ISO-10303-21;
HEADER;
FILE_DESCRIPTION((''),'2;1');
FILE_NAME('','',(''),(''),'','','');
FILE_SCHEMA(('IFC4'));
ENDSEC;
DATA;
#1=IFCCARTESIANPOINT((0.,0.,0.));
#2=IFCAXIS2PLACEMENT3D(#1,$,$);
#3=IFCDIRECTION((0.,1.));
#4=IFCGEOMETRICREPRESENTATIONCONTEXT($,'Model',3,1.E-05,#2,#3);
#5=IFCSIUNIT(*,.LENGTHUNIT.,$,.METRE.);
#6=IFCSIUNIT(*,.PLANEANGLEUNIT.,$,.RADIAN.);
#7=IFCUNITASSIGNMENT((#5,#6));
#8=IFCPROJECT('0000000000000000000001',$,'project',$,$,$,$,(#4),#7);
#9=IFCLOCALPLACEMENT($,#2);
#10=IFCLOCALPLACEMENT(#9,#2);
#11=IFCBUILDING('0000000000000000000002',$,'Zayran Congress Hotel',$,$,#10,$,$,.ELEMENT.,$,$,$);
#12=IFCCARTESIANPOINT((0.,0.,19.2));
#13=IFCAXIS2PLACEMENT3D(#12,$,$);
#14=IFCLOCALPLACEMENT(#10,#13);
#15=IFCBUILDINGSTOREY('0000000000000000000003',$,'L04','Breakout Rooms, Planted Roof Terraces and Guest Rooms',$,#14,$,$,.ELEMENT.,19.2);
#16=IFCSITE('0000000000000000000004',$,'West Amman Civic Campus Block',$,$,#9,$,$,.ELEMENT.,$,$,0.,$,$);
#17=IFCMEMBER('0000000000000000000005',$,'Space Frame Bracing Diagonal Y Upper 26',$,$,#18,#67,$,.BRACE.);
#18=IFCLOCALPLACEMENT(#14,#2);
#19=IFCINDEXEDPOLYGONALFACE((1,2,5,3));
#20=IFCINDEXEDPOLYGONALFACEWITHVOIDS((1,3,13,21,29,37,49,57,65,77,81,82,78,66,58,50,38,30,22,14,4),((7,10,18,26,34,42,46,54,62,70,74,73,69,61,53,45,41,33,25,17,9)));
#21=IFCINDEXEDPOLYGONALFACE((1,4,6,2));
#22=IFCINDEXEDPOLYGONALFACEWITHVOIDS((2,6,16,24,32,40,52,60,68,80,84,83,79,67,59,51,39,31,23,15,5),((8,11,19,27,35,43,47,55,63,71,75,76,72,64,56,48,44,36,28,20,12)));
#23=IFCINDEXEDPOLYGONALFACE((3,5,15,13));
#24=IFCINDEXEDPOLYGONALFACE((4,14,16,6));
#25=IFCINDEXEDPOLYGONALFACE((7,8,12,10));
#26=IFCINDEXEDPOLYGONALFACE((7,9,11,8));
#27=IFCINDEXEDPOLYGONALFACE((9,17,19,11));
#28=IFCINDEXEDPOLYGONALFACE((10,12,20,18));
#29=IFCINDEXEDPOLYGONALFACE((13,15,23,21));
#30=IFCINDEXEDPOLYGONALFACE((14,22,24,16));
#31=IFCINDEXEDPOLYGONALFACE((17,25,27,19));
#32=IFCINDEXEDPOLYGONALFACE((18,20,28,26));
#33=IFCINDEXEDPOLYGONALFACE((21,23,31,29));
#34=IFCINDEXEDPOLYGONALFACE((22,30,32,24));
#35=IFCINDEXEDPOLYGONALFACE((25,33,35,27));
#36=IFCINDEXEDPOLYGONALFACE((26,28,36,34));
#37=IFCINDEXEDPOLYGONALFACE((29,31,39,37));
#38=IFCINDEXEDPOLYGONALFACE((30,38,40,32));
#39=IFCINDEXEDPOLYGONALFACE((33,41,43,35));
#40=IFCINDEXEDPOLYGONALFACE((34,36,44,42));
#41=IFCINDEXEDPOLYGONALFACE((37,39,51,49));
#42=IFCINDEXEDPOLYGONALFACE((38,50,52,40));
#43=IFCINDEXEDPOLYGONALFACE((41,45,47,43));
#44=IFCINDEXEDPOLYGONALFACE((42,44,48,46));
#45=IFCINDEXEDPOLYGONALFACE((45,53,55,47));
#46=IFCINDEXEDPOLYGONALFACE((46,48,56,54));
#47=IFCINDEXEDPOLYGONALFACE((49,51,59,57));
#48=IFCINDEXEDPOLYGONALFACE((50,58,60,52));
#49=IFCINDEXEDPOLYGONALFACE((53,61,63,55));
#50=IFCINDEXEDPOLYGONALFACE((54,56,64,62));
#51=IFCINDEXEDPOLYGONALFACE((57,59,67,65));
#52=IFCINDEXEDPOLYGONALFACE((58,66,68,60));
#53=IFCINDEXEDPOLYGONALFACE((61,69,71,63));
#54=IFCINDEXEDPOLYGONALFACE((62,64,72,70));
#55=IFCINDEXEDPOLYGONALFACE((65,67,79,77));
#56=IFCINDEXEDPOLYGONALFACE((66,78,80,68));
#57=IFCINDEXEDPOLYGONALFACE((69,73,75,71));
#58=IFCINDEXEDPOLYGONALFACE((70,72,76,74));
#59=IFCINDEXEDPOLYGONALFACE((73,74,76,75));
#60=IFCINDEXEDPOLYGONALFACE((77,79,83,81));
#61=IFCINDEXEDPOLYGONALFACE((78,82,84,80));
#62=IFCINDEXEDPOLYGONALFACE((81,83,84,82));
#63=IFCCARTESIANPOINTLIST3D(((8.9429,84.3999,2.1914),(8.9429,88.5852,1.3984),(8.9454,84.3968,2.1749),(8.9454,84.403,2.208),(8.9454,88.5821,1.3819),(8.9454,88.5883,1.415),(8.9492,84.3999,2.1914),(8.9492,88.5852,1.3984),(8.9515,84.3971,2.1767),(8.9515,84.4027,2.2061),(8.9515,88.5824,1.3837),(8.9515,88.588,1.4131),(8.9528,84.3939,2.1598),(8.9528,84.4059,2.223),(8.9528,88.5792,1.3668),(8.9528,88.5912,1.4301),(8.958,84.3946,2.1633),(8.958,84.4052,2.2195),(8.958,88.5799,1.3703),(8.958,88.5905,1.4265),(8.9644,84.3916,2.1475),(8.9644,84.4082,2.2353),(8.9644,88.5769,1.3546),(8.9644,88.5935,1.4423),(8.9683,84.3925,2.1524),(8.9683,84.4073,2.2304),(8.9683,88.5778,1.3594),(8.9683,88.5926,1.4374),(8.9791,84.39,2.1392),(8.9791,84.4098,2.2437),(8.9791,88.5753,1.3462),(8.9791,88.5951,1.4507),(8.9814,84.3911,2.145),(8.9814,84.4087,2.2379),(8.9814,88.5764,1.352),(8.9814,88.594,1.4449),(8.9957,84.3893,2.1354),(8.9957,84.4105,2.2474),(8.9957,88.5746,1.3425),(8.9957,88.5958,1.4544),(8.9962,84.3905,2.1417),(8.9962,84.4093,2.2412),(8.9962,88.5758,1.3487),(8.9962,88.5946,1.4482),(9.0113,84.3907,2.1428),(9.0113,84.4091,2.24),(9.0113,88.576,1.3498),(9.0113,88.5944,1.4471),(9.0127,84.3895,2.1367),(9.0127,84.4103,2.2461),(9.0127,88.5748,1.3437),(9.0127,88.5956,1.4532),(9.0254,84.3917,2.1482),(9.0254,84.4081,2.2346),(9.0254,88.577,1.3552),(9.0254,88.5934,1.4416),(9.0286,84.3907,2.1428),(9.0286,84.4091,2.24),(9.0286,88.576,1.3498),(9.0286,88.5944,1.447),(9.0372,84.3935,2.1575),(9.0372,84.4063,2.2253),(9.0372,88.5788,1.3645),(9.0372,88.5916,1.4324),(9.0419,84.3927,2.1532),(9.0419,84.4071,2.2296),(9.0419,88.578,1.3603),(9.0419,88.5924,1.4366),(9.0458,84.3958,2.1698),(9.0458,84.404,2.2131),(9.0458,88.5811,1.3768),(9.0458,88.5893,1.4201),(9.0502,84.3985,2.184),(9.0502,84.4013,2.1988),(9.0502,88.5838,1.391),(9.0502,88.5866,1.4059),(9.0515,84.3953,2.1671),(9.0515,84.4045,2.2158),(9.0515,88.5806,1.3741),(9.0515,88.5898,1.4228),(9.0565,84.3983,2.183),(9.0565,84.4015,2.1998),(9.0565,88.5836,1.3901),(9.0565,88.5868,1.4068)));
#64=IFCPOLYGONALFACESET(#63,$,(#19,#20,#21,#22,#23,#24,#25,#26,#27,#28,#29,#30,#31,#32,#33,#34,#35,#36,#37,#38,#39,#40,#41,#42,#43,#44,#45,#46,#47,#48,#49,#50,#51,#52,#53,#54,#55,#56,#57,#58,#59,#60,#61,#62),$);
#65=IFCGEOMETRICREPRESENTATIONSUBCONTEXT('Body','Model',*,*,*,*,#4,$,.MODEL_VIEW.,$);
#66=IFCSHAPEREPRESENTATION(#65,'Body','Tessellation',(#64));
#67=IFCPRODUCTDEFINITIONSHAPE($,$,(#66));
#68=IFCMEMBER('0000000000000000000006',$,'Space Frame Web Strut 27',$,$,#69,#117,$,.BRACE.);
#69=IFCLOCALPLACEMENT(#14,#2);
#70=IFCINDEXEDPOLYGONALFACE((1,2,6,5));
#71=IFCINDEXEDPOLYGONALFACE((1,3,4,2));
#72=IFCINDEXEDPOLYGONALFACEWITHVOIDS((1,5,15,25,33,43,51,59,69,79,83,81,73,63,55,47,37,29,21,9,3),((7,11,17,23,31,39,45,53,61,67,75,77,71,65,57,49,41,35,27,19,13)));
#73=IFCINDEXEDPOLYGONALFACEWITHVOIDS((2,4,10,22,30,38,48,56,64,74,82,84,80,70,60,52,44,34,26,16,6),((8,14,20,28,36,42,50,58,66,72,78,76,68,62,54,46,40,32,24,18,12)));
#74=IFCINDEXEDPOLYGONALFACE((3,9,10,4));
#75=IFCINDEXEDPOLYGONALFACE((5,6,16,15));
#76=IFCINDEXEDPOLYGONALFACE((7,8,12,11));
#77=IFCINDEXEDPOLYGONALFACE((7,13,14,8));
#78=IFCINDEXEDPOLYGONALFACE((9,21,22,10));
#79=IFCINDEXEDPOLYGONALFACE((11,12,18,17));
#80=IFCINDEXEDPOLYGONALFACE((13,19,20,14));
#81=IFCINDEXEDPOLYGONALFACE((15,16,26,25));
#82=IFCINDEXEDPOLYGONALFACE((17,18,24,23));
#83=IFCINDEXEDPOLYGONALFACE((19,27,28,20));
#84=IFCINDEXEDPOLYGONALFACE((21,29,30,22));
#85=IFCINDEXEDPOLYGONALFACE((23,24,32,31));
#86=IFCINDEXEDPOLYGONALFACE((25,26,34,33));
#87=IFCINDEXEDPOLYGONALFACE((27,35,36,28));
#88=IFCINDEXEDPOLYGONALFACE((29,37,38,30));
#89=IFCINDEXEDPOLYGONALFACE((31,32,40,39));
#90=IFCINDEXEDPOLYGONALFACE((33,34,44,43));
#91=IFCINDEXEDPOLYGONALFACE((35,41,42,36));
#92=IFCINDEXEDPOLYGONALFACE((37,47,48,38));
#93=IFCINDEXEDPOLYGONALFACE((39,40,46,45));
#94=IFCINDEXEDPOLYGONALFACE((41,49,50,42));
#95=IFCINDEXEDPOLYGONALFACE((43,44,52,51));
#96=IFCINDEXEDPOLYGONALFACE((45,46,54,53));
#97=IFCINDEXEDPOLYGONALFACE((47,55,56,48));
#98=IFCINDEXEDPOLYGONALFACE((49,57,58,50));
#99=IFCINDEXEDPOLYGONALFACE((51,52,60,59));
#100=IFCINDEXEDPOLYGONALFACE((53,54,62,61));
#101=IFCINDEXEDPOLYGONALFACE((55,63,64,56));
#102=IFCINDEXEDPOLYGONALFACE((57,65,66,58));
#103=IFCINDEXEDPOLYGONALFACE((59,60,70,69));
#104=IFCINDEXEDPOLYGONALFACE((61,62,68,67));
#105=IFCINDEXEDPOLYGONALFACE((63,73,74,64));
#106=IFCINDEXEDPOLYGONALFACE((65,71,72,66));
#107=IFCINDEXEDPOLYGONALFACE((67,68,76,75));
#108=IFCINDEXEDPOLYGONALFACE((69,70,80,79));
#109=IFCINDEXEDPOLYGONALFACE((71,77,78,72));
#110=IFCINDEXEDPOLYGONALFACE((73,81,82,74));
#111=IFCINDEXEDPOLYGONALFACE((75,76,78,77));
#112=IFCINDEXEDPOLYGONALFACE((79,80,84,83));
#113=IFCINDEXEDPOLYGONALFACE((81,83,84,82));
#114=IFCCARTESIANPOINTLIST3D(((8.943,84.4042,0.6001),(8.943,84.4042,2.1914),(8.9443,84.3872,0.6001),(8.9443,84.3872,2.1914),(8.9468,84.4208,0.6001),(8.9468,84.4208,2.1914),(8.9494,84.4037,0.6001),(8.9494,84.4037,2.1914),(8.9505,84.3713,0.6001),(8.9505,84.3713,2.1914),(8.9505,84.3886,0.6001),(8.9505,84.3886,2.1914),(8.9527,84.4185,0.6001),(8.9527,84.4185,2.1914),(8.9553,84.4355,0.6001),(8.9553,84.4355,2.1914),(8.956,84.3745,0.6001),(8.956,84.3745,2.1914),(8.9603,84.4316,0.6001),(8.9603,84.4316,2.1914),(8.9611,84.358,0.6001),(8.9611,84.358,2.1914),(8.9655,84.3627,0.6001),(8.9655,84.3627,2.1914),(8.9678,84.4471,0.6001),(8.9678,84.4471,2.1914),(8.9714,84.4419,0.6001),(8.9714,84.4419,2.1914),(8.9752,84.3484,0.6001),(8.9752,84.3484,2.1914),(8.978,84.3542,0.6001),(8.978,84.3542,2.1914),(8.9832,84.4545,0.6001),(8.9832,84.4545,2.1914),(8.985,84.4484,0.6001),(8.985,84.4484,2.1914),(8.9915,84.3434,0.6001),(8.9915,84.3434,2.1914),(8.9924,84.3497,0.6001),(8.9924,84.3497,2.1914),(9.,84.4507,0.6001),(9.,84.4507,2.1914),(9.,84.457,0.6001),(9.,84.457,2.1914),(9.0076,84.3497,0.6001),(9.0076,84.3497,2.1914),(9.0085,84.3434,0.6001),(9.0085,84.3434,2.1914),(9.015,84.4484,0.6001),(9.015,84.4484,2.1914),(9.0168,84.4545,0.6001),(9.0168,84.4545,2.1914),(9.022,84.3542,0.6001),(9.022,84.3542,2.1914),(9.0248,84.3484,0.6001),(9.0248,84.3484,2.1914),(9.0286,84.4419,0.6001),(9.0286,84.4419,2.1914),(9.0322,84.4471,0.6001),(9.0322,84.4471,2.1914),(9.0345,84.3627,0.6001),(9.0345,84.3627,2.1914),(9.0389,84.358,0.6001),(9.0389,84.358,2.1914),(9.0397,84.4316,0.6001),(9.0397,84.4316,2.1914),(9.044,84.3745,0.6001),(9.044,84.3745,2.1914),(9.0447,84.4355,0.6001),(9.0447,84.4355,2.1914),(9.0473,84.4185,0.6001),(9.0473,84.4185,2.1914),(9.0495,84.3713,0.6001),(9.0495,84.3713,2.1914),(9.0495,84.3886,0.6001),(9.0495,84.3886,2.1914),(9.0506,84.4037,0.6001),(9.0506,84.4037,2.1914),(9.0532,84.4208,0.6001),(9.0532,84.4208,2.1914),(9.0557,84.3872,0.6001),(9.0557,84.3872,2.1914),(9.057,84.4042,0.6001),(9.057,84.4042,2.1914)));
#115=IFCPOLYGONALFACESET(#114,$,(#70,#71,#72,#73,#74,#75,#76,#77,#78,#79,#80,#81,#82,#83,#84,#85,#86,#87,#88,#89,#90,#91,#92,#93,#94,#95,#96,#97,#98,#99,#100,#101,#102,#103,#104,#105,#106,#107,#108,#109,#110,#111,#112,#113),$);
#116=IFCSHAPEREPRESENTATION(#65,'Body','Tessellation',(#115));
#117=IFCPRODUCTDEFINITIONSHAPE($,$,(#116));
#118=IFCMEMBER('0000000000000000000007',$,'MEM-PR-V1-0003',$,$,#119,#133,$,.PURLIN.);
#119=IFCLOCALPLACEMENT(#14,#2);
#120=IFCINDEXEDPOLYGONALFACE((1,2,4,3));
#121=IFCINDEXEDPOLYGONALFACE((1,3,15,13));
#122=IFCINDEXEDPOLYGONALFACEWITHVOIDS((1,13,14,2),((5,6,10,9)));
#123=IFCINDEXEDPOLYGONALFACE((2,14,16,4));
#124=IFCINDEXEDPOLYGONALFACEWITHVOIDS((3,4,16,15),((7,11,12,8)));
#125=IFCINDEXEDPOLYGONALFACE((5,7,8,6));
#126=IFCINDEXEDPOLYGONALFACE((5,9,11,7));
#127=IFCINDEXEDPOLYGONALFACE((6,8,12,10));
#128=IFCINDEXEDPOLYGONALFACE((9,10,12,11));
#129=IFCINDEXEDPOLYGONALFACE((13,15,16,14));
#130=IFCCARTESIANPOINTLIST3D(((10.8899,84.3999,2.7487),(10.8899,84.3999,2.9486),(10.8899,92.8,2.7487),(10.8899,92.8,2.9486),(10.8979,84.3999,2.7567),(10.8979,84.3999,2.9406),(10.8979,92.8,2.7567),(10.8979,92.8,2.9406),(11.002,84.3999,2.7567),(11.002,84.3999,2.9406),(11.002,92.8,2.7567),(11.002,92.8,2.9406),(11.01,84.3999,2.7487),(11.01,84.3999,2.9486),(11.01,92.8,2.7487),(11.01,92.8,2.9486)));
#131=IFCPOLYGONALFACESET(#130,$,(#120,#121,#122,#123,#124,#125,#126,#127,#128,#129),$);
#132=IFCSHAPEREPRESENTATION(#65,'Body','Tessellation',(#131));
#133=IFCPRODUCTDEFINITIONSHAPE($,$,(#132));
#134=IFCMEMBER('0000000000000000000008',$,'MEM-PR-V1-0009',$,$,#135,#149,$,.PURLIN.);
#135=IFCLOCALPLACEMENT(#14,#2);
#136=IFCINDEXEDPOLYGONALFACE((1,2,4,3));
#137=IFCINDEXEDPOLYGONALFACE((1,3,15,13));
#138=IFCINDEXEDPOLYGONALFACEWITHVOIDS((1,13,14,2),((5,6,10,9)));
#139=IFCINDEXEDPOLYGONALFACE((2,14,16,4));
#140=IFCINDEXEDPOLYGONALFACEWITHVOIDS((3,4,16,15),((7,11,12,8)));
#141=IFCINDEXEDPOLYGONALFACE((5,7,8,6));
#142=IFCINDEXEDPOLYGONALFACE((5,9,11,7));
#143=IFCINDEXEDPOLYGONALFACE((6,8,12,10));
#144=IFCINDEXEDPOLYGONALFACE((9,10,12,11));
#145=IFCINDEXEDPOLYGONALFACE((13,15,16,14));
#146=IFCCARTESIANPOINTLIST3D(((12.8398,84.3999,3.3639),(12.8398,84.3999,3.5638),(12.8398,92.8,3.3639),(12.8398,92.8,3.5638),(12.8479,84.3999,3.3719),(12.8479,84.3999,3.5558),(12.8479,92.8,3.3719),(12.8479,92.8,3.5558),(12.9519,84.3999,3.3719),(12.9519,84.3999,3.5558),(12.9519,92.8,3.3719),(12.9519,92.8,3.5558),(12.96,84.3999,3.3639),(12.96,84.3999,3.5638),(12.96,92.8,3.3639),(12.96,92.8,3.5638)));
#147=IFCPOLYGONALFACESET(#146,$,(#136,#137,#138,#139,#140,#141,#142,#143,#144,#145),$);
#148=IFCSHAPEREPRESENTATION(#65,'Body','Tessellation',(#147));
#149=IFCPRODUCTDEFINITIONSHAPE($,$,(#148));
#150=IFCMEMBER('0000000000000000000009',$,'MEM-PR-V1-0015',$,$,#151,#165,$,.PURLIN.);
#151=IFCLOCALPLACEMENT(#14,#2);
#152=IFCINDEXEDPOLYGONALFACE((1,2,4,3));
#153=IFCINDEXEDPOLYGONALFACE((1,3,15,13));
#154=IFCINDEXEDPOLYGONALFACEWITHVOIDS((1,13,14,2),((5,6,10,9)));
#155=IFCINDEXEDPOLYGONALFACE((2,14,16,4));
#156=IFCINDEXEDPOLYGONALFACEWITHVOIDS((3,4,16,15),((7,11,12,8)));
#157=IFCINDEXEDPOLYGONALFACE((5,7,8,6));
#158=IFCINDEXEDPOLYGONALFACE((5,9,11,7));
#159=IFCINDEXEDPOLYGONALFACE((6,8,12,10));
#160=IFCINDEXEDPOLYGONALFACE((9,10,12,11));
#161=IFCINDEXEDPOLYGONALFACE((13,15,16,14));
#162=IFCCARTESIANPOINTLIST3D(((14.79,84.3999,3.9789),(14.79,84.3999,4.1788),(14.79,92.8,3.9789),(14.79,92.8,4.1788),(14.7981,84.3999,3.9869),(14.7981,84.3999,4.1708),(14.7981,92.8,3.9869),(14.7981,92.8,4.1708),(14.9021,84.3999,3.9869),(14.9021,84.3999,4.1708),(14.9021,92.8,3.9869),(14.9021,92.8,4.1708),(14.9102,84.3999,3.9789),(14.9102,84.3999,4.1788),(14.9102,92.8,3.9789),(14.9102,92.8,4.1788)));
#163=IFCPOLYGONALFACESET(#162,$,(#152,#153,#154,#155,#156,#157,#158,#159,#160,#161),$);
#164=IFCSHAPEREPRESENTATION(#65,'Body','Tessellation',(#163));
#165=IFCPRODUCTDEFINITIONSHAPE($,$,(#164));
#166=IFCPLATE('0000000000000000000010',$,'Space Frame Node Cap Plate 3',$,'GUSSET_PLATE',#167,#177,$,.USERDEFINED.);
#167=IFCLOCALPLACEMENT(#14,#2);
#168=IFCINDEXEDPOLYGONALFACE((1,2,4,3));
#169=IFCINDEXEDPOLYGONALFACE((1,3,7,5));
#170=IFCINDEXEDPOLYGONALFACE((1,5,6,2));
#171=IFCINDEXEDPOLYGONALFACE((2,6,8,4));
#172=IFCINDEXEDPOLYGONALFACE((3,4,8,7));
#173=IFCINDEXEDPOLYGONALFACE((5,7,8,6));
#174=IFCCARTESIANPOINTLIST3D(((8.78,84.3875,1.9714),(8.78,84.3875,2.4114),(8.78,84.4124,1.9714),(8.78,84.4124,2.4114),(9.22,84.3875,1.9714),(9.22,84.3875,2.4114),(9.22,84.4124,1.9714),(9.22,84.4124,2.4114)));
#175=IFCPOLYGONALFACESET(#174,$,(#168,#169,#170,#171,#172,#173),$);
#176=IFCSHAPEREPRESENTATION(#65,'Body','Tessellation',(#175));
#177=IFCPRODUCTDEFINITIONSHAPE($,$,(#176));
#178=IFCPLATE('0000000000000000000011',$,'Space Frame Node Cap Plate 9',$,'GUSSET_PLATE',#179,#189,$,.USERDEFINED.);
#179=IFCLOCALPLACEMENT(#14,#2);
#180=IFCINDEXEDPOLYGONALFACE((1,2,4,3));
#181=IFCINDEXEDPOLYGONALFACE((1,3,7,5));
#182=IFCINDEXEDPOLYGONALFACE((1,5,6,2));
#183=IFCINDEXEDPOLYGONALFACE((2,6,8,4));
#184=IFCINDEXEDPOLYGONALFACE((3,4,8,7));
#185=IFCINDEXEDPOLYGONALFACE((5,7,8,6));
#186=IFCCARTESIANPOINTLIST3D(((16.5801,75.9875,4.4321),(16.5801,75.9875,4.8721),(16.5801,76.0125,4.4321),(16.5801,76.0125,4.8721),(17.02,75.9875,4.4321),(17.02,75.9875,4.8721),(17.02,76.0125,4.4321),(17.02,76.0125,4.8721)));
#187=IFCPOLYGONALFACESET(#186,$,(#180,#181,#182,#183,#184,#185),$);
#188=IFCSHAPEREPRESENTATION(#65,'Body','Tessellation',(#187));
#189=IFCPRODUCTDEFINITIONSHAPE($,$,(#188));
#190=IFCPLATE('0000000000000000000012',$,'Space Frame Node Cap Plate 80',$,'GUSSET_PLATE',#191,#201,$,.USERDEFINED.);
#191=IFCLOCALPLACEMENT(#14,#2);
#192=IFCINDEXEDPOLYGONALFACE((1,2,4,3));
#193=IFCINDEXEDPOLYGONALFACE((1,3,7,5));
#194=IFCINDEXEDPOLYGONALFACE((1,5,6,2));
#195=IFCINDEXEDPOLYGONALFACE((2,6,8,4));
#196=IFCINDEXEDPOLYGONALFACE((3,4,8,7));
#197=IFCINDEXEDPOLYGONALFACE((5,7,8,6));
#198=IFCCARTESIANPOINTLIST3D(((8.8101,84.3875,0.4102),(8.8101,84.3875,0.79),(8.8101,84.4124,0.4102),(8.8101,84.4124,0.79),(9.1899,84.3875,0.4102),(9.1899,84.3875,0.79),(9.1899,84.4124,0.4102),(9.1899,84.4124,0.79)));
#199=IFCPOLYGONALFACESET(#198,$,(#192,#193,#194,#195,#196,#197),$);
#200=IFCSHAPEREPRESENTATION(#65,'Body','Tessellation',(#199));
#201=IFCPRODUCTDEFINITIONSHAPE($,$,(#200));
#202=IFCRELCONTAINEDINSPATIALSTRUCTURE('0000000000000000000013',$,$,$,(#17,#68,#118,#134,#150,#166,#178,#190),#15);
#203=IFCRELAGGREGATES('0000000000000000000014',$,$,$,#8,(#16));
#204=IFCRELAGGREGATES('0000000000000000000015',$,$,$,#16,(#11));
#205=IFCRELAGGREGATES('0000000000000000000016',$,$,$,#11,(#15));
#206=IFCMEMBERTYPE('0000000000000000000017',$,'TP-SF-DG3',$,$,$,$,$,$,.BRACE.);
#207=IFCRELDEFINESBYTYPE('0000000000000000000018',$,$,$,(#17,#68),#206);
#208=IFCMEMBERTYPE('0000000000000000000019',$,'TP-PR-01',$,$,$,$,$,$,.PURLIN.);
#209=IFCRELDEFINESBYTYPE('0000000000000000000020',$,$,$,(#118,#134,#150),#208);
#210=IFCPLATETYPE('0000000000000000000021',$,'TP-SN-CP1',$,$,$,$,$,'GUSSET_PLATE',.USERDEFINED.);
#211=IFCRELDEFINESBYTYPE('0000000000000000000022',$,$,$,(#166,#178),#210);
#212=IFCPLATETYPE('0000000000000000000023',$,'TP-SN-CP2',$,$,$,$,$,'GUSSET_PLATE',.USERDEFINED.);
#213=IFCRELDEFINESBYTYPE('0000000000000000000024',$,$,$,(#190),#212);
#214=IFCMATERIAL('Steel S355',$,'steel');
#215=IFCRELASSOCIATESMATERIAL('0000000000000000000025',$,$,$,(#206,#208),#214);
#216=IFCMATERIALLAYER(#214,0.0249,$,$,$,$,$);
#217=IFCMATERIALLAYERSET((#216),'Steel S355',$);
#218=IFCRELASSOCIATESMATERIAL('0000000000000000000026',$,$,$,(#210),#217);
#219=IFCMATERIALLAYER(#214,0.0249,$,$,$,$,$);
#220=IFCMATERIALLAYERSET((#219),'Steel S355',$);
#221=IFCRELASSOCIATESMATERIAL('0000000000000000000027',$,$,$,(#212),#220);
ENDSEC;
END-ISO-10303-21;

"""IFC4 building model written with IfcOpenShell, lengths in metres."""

from ifc_helpers import new_model, si_unit, direction, frame, origin, origin_2d, place, context, subcontext, project, spatial, rectangle, hollow_rectangle, hollow_circle, extrude, material, layer, layer_set, material_profile, profile_set, type_object, element, save


model = new_model("IFC4")

# Units and contexts
model_context = context("Model", 3, precision=1e-05, world=origin(), true_north=direction((0.0, 1.0)))
body_context = subcontext(model_context, "Body", "Model", "MODEL_VIEW")
ifc_project = project(units=[si_unit("LENGTHUNIT", "METRE"), si_unit("PLANEANGLEUNIT", "RADIAN")], contexts=[model_context])

# Site, building, storey
site_placement = place(None, origin())
site = spatial("IfcSite", under=ifc_project, at=site_placement, Name="West Amman Civic Campus Block", CompositionType="ELEMENT", RefElevation=0.0)
building_placement = place(site_placement, origin())
building = spatial("IfcBuilding", under=site, at=building_placement, Name="Zayran Congress Hotel", CompositionType="ELEMENT")
storey_placement = place(building_placement, frame((0.0, 0.0, 19.2)))
storey = spatial("IfcBuildingStorey", under=building, at=storey_placement, Name="L04", Description="Breakout Rooms, Planted Roof Terraces and Guest Rooms", CompositionType="ELEMENT", Elevation=19.2)

# Shared definitions
ifc_material = material(Name="Steel S355", Category="steel")

# Members
ifc_material_profile_1 = material_profile(ifc_material, hollow_circle(Radius=0.0571, WallThickness=0.0063, at=origin_2d()), Name="CHS 114.3x6.3")
ifc_profile_set_1 = profile_set([ifc_material_profile_1], Name="Steel S355")
member_type_1 = type_object("IfcMemberType", Name="TP-SF-DG3", PredefinedType="BRACE", material=ifc_profile_set_1)
member_1_placement = place(storey_placement, frame((9.0, 84.3999, 2.1914), z_axis=(0.0, 0.982521, -0.186153), x_axis=(-1.0, 0.0, 0.0)))
element("IfcMember", 1, at=member_1_placement, inside=storey, type_object=member_type_1, Name="Space Frame Bracing Diagonal Y Upper 26", PredefinedType="BRACE", context=body_context, shape_type="SweptSolid", body=[
    extrude(hollow_circle(Radius=0.0571, WallThickness=0.0063, at=origin_2d()), origin(), (0.0, 0.0, 1.0), 4.2598),
])
member_2_placement = place(storey_placement, frame((9.0, 84.3999, 0.6001), z_axis=(0.0, 0.0, 1.0), x_axis=(0.0, 1.0, 0.0)))
element("IfcMember", 2, at=member_2_placement, inside=storey, type_object=member_type_1, Name="Space Frame Web Strut 27", PredefinedType="BRACE", context=body_context, shape_type="SweptSolid", body=[
    extrude(hollow_circle(Radius=0.0571, WallThickness=0.0063, at=origin_2d()), origin(), (0.0, 0.0, 1.0), 1.5913),
])
ifc_material_profile_2 = material_profile(ifc_material, hollow_rectangle(XDim=0.1201, YDim=0.2, WallThickness=0.0081, at=origin_2d()), Name="RHS 200x120x8")
ifc_profile_set_2 = profile_set([ifc_material_profile_2], Name="Steel S355")
member_type_2 = type_object("IfcMemberType", Name="TP-PR-01", PredefinedType="PURLIN", material=ifc_profile_set_2)
for number, where, z_axis, x_axis, name in (
    (3, (10.95, 84.3999, 2.8486), (0.0, 1.0, 0.0), (-1.0, 0.0, 0.0), "MEM-PR-V1-0003"),
    (4, (12.8999, 84.3999, 3.4639), (0.0, 1.0, 0.0), (-1.0, 0.0, 0.0), "MEM-PR-V1-0009"),
    (5, (14.8501, 84.3999, 4.0789), (0.0, 1.0, 0.0), (-1.0, 0.0, 0.0), "MEM-PR-V1-0015"),
):
    element("IfcMember", number, at=place(storey_placement, frame(where, z_axis=z_axis, x_axis=x_axis)), inside=storey, type_object=member_type_2, Name=name, PredefinedType="PURLIN", context=body_context, shape_type="SweptSolid", body=[
        extrude(hollow_rectangle(XDim=0.1201, YDim=0.2, WallThickness=0.0081, at=origin_2d()), origin(), (0.0, 0.0, 1.0), 8.4001),
    ])

# Plates
ifc_layer_1 = layer(ifc_material, 0.0249)
ifc_layer_set_1 = layer_set([ifc_layer_1], Name="Steel S355")
plate_type_1 = type_object("IfcPlateType", Name="TP-SN-CP1", ElementType="GUSSET_PLATE", PredefinedType="USERDEFINED", material=ifc_layer_set_1)
for number, where, z_axis, x_axis, name in (
    (6, (9.0, 84.3999, 1.9714), (0.0, 0.0, 1.0), (1.0, 0.0, 0.0), "Space Frame Node Cap Plate 3"),
    (7, (16.8, 76.0, 4.4321), (0.0, 0.0, 1.0), (1.0, 0.0, 0.0), "Space Frame Node Cap Plate 9"),
):
    element("IfcPlate", number, at=place(storey_placement, frame(where, z_axis=z_axis, x_axis=x_axis)), inside=storey, type_object=plate_type_1, Name=name, ObjectType="GUSSET_PLATE", PredefinedType="USERDEFINED", context=body_context, shape_type="SweptSolid", body=[
        extrude(rectangle(XDim=0.4399, YDim=0.0249, at=origin_2d()), origin(), (0.0, 0.0, 1.0), 0.4399),
    ])
ifc_layer_2 = layer(ifc_material, 0.0249)
ifc_layer_set_2 = layer_set([ifc_layer_2], Name="Steel S355")
plate_type_2 = type_object("IfcPlateType", Name="TP-SN-CP2", ElementType="GUSSET_PLATE", PredefinedType="USERDEFINED", material=ifc_layer_set_2)
for number, where, z_axis, x_axis, name in (
    (8, (9.0, 84.3999, 0.4102), (0.0, 0.0, 1.0), (1.0, 0.0, 0.0), "Space Frame Node Cap Plate 80"),
):
    element("IfcPlate", number, at=place(storey_placement, frame(where, z_axis=z_axis, x_axis=x_axis)), inside=storey, type_object=plate_type_2, Name=name, ObjectType="GUSSET_PLATE", PredefinedType="USERDEFINED", context=body_context, shape_type="SweptSolid", body=[
        extrude(rectangle(XDim=0.3799, YDim=0.0249, at=origin_2d()), origin(), (0.0, 0.0, 1.0), 0.3799),
    ])

save(model, "model.ifc")
